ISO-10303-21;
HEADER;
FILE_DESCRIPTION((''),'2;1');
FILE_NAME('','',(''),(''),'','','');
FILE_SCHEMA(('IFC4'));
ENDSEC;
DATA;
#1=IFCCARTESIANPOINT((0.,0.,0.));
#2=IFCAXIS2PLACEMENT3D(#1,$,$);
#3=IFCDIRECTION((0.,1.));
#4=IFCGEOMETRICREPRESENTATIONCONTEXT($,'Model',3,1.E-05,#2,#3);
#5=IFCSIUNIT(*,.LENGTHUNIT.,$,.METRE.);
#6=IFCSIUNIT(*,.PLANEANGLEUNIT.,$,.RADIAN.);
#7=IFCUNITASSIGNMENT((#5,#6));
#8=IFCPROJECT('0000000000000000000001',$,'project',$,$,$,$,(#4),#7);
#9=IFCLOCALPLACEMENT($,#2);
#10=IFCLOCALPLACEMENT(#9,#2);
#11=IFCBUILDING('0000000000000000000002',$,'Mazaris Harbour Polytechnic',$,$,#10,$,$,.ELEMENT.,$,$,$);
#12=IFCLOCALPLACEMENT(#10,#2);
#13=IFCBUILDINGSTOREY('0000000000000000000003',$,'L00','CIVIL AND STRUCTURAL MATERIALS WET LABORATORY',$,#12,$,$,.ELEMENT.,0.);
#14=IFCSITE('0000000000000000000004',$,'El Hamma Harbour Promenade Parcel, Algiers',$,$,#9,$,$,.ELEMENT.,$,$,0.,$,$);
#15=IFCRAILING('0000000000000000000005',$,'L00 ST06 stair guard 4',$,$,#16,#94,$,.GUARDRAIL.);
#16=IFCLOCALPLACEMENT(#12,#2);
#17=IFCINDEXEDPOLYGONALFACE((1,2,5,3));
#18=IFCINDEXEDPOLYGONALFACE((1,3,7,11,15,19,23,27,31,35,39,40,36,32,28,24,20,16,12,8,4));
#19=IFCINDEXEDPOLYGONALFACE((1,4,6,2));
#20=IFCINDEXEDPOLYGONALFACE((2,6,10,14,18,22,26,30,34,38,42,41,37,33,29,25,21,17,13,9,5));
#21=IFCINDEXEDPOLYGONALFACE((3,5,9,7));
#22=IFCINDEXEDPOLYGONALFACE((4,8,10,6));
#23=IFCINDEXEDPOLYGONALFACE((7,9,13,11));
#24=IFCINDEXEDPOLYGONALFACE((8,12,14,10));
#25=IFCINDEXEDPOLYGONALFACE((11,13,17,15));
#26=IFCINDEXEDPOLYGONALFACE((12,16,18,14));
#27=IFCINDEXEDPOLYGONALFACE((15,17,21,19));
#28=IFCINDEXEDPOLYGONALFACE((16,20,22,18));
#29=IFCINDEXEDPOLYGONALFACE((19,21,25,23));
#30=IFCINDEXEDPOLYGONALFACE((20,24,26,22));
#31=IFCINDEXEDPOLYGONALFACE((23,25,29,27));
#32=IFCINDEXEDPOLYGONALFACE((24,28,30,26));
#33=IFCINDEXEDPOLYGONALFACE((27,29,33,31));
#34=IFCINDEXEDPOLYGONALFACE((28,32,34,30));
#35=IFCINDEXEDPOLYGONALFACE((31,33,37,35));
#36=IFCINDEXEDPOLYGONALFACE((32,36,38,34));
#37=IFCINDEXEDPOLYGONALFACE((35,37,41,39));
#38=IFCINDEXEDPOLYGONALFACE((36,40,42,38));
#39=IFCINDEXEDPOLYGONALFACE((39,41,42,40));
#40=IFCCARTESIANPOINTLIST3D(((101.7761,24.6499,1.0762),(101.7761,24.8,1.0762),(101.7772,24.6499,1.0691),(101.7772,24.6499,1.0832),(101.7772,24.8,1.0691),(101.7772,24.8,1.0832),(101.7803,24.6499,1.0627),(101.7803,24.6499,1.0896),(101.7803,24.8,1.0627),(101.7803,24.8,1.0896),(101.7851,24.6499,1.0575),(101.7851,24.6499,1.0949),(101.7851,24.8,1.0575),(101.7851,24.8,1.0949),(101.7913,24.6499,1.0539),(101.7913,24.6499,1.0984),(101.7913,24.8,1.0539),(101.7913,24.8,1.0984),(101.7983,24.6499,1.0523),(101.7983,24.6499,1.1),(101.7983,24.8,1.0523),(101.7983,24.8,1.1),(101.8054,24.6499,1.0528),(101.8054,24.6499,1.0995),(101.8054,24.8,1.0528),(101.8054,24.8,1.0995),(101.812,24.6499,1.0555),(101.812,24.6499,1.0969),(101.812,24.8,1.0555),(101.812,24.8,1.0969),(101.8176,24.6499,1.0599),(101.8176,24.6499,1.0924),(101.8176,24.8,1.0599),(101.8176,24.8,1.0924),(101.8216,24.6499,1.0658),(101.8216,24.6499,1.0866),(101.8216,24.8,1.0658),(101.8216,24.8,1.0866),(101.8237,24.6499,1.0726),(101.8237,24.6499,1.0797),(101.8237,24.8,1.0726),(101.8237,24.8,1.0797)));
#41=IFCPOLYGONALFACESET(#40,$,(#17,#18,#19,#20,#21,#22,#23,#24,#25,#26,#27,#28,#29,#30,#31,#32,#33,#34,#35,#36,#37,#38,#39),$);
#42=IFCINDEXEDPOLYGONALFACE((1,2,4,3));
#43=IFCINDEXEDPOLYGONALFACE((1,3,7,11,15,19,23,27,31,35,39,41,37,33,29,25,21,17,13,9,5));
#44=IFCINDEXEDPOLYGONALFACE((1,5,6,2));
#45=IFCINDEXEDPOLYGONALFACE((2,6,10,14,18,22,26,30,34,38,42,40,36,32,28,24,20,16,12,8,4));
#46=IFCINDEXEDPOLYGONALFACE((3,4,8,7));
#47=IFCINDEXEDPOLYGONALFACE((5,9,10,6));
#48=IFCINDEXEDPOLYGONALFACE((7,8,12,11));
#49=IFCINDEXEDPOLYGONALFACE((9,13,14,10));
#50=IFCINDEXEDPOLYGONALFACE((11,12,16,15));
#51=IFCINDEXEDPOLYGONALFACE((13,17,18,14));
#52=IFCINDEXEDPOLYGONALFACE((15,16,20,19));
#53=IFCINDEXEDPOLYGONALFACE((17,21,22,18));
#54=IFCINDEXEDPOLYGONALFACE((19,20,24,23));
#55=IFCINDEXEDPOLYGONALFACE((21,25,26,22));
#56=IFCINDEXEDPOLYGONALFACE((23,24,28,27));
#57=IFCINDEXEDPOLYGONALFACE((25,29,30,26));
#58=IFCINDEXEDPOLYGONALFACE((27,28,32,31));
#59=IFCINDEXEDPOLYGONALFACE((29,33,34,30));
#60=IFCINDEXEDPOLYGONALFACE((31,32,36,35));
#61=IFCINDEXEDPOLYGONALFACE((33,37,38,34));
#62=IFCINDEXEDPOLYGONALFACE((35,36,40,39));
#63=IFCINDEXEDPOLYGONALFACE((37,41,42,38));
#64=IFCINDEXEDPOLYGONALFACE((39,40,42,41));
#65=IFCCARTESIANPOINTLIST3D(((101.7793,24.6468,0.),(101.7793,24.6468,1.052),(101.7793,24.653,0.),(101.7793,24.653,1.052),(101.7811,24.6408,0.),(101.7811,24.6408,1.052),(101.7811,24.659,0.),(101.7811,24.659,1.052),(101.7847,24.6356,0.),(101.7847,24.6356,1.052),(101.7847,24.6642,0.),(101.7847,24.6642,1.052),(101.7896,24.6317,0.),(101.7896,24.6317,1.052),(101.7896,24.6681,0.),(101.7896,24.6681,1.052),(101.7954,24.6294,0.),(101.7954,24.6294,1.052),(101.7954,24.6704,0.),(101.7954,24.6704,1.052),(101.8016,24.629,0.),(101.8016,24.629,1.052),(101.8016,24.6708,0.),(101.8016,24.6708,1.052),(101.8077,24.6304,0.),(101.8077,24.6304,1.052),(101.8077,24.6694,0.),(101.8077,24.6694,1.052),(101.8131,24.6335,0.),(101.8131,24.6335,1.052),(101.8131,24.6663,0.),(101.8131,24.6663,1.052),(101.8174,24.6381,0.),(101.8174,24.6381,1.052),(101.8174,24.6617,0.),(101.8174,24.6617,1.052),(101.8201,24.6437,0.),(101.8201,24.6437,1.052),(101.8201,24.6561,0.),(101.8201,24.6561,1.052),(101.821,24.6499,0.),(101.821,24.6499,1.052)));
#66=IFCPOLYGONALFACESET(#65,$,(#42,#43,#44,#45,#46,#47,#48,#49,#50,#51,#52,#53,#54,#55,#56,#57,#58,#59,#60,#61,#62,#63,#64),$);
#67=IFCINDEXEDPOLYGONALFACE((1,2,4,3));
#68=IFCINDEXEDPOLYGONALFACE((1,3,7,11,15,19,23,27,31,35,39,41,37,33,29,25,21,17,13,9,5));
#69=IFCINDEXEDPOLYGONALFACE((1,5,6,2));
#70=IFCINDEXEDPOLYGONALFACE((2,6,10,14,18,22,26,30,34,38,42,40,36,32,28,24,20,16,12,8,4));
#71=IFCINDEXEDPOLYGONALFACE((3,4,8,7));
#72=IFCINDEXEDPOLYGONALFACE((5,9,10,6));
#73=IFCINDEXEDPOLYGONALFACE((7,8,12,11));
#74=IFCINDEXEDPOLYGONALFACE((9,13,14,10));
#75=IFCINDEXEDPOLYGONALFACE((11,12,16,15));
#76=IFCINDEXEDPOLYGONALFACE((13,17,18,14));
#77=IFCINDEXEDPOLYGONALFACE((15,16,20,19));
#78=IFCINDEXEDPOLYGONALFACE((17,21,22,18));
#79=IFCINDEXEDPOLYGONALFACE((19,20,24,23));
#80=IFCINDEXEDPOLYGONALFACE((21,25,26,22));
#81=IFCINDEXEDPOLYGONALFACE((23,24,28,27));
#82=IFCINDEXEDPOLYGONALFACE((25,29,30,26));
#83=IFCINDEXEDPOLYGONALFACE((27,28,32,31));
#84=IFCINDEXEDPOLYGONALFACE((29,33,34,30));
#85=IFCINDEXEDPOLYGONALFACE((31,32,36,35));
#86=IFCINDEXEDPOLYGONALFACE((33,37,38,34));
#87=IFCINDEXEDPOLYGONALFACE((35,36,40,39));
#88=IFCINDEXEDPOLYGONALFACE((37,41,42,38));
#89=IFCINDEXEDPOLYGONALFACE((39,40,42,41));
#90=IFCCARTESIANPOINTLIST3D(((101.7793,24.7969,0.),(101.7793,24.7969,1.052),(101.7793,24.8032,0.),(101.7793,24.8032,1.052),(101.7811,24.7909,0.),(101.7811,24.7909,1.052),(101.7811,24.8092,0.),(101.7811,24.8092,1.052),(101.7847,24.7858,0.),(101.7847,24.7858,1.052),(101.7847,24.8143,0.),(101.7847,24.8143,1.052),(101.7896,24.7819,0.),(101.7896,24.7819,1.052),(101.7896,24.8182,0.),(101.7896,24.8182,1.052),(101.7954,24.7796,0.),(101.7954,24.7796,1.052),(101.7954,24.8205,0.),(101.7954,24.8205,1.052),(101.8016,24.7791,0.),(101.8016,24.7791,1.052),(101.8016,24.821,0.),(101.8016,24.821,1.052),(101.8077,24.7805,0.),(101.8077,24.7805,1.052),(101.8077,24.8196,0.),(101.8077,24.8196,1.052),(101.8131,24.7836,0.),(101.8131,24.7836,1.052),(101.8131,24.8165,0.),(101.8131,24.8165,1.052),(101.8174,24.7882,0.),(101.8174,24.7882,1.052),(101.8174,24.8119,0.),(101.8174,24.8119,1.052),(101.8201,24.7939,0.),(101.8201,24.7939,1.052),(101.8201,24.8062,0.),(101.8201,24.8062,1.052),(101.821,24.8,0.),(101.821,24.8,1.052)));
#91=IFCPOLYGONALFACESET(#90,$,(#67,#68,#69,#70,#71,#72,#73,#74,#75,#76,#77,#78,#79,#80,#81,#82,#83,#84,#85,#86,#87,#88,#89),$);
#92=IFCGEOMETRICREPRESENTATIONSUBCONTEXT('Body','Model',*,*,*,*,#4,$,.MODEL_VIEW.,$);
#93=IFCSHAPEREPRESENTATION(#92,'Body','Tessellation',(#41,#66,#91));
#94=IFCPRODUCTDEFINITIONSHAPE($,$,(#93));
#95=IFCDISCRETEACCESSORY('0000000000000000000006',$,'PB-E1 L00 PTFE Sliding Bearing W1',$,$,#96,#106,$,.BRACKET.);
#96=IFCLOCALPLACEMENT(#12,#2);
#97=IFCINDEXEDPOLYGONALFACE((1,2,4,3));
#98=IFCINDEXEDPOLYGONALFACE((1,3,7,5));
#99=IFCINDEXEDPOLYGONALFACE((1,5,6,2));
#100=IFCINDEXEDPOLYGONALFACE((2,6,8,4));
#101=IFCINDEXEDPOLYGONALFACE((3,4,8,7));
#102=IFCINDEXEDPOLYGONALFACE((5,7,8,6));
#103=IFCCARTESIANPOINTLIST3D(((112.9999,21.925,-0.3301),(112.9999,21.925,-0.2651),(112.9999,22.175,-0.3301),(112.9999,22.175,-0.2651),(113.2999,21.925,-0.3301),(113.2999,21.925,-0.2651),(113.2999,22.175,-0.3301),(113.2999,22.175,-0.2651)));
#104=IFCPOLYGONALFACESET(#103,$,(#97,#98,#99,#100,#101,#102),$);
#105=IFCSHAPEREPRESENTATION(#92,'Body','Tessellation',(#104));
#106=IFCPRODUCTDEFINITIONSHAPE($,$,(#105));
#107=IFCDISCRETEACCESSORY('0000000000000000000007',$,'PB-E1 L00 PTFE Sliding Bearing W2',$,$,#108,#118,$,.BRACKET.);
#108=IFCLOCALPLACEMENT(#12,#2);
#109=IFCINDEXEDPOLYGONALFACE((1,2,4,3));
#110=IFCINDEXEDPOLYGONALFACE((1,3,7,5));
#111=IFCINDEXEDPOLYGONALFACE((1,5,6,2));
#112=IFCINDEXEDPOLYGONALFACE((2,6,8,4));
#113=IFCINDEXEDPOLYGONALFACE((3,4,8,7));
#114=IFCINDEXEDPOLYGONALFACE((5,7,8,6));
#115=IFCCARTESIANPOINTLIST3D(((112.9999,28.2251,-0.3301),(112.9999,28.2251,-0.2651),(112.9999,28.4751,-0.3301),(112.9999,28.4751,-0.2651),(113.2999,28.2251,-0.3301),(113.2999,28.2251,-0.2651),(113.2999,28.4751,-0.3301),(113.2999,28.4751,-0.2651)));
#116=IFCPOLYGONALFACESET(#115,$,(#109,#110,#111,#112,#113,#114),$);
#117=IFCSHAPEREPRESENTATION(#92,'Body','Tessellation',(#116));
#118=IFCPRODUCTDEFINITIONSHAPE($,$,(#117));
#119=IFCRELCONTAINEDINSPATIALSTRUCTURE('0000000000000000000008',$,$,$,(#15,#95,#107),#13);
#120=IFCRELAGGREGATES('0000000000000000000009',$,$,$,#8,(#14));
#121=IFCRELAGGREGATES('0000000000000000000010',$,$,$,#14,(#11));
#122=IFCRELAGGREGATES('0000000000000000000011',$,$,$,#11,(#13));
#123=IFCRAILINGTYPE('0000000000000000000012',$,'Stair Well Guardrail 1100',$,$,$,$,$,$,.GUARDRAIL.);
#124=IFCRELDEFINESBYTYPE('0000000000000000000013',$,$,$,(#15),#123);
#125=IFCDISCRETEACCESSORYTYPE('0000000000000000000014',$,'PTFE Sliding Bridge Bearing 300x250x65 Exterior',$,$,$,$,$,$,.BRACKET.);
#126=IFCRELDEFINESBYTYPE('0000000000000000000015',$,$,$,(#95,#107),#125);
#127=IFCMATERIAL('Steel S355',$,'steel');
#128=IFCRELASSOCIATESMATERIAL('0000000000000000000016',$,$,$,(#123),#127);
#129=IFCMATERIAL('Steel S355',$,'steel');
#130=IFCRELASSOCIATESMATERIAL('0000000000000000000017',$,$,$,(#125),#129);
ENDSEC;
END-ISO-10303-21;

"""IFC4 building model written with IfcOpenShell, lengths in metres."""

from ifc_helpers import new_model, si_unit, direction, frame, origin, origin_2d, place, context, subcontext, project, spatial, rectangle, circle, extrude, material, type_object, element, save


model = new_model("IFC4")

# Units and contexts
model_context = context("Model", 3, precision=1e-05, world=origin(), true_north=direction((0.0, 1.0)))
body_context = subcontext(model_context, "Body", "Model", "MODEL_VIEW")
ifc_project = project(units=[si_unit("LENGTHUNIT", "METRE"), si_unit("PLANEANGLEUNIT", "RADIAN")], contexts=[model_context])

# Site, building, storey
site_placement = place(None, origin())
site = spatial("IfcSite", under=ifc_project, at=site_placement, Name="El Hamma Harbour Promenade Parcel, Algiers", CompositionType="ELEMENT", RefElevation=0.0)
building_placement = place(site_placement, origin())
building = spatial("IfcBuilding", under=site, at=building_placement, Name="Mazaris Harbour Polytechnic", CompositionType="ELEMENT")
storey_placement = place(building_placement, origin())
storey = spatial("IfcBuildingStorey", under=building, at=storey_placement, Name="L00", Description="CIVIL AND STRUCTURAL MATERIALS WET LABORATORY", CompositionType="ELEMENT", Elevation=0.0)

# Railing
ifc_material_1 = material(Name="Steel S355", Category="steel")
railing_type_1 = type_object("IfcRailingType", Name="Stair Well Guardrail 1100", PredefinedType="GUARDRAIL", material=ifc_material_1)
railing_1_placement = place(storey_placement, frame((101.8, 24.6499, 0.0)))
element("IfcRailing", 1, at=railing_1_placement, inside=storey, type_object=railing_type_1, Name="L00 ST06 stair guard 4", PredefinedType="GUARDRAIL", context=body_context, shape_type="SweptSolid", body=[
    extrude(circle(Radius=0.0239, at=origin_2d()), frame((0.0, 0.0, 1.0762), z_axis=(0.0, 1.0, 0.0), x_axis=(-1.0, 0.0, 0.0)), (0.0, 0.0, 1.0), 0.1501),
    extrude(circle(Radius=0.021, at=origin_2d()), origin(), (0.0, 0.0, 1.0), 1.052),
    extrude(circle(Radius=0.021, at=origin_2d()), frame((0.0, 0.1501, 0.0)), (0.0, 0.0, 1.0), 1.052),
])

# Discrete accessories
ifc_material_2 = material(Name="Steel S355", Category="steel")
discrete_accessory_type = type_object("IfcDiscreteAccessoryType", Name="PTFE Sliding Bridge Bearing 300x250x65 Exterior", PredefinedType="BRACKET", material=ifc_material_2)
for number, where, z_axis, x_axis, name in (
    (2, (113.1499, 22.05, -0.3301), (0.0, 0.0, 1.0), (1.0, 0.0, 0.0), "PB-E1 L00 PTFE Sliding Bearing W1"),
    (3, (113.1499, 28.3501, -0.3301), (0.0, 0.0, 1.0), (1.0, 0.0, 0.0), "PB-E1 L00 PTFE Sliding Bearing W2"),
):
    element("IfcDiscreteAccessory", number, at=place(storey_placement, frame(where, z_axis=z_axis, x_axis=x_axis)), inside=storey, type_object=discrete_accessory_type, Name=name, PredefinedType="BRACKET", context=body_context, shape_type="SweptSolid", body=[
        extrude(rectangle(XDim=0.3, YDim=0.25, at=origin_2d()), origin(), (0.0, 0.0, 1.0), 0.0649),
    ])

save(model, "model.ifc")
